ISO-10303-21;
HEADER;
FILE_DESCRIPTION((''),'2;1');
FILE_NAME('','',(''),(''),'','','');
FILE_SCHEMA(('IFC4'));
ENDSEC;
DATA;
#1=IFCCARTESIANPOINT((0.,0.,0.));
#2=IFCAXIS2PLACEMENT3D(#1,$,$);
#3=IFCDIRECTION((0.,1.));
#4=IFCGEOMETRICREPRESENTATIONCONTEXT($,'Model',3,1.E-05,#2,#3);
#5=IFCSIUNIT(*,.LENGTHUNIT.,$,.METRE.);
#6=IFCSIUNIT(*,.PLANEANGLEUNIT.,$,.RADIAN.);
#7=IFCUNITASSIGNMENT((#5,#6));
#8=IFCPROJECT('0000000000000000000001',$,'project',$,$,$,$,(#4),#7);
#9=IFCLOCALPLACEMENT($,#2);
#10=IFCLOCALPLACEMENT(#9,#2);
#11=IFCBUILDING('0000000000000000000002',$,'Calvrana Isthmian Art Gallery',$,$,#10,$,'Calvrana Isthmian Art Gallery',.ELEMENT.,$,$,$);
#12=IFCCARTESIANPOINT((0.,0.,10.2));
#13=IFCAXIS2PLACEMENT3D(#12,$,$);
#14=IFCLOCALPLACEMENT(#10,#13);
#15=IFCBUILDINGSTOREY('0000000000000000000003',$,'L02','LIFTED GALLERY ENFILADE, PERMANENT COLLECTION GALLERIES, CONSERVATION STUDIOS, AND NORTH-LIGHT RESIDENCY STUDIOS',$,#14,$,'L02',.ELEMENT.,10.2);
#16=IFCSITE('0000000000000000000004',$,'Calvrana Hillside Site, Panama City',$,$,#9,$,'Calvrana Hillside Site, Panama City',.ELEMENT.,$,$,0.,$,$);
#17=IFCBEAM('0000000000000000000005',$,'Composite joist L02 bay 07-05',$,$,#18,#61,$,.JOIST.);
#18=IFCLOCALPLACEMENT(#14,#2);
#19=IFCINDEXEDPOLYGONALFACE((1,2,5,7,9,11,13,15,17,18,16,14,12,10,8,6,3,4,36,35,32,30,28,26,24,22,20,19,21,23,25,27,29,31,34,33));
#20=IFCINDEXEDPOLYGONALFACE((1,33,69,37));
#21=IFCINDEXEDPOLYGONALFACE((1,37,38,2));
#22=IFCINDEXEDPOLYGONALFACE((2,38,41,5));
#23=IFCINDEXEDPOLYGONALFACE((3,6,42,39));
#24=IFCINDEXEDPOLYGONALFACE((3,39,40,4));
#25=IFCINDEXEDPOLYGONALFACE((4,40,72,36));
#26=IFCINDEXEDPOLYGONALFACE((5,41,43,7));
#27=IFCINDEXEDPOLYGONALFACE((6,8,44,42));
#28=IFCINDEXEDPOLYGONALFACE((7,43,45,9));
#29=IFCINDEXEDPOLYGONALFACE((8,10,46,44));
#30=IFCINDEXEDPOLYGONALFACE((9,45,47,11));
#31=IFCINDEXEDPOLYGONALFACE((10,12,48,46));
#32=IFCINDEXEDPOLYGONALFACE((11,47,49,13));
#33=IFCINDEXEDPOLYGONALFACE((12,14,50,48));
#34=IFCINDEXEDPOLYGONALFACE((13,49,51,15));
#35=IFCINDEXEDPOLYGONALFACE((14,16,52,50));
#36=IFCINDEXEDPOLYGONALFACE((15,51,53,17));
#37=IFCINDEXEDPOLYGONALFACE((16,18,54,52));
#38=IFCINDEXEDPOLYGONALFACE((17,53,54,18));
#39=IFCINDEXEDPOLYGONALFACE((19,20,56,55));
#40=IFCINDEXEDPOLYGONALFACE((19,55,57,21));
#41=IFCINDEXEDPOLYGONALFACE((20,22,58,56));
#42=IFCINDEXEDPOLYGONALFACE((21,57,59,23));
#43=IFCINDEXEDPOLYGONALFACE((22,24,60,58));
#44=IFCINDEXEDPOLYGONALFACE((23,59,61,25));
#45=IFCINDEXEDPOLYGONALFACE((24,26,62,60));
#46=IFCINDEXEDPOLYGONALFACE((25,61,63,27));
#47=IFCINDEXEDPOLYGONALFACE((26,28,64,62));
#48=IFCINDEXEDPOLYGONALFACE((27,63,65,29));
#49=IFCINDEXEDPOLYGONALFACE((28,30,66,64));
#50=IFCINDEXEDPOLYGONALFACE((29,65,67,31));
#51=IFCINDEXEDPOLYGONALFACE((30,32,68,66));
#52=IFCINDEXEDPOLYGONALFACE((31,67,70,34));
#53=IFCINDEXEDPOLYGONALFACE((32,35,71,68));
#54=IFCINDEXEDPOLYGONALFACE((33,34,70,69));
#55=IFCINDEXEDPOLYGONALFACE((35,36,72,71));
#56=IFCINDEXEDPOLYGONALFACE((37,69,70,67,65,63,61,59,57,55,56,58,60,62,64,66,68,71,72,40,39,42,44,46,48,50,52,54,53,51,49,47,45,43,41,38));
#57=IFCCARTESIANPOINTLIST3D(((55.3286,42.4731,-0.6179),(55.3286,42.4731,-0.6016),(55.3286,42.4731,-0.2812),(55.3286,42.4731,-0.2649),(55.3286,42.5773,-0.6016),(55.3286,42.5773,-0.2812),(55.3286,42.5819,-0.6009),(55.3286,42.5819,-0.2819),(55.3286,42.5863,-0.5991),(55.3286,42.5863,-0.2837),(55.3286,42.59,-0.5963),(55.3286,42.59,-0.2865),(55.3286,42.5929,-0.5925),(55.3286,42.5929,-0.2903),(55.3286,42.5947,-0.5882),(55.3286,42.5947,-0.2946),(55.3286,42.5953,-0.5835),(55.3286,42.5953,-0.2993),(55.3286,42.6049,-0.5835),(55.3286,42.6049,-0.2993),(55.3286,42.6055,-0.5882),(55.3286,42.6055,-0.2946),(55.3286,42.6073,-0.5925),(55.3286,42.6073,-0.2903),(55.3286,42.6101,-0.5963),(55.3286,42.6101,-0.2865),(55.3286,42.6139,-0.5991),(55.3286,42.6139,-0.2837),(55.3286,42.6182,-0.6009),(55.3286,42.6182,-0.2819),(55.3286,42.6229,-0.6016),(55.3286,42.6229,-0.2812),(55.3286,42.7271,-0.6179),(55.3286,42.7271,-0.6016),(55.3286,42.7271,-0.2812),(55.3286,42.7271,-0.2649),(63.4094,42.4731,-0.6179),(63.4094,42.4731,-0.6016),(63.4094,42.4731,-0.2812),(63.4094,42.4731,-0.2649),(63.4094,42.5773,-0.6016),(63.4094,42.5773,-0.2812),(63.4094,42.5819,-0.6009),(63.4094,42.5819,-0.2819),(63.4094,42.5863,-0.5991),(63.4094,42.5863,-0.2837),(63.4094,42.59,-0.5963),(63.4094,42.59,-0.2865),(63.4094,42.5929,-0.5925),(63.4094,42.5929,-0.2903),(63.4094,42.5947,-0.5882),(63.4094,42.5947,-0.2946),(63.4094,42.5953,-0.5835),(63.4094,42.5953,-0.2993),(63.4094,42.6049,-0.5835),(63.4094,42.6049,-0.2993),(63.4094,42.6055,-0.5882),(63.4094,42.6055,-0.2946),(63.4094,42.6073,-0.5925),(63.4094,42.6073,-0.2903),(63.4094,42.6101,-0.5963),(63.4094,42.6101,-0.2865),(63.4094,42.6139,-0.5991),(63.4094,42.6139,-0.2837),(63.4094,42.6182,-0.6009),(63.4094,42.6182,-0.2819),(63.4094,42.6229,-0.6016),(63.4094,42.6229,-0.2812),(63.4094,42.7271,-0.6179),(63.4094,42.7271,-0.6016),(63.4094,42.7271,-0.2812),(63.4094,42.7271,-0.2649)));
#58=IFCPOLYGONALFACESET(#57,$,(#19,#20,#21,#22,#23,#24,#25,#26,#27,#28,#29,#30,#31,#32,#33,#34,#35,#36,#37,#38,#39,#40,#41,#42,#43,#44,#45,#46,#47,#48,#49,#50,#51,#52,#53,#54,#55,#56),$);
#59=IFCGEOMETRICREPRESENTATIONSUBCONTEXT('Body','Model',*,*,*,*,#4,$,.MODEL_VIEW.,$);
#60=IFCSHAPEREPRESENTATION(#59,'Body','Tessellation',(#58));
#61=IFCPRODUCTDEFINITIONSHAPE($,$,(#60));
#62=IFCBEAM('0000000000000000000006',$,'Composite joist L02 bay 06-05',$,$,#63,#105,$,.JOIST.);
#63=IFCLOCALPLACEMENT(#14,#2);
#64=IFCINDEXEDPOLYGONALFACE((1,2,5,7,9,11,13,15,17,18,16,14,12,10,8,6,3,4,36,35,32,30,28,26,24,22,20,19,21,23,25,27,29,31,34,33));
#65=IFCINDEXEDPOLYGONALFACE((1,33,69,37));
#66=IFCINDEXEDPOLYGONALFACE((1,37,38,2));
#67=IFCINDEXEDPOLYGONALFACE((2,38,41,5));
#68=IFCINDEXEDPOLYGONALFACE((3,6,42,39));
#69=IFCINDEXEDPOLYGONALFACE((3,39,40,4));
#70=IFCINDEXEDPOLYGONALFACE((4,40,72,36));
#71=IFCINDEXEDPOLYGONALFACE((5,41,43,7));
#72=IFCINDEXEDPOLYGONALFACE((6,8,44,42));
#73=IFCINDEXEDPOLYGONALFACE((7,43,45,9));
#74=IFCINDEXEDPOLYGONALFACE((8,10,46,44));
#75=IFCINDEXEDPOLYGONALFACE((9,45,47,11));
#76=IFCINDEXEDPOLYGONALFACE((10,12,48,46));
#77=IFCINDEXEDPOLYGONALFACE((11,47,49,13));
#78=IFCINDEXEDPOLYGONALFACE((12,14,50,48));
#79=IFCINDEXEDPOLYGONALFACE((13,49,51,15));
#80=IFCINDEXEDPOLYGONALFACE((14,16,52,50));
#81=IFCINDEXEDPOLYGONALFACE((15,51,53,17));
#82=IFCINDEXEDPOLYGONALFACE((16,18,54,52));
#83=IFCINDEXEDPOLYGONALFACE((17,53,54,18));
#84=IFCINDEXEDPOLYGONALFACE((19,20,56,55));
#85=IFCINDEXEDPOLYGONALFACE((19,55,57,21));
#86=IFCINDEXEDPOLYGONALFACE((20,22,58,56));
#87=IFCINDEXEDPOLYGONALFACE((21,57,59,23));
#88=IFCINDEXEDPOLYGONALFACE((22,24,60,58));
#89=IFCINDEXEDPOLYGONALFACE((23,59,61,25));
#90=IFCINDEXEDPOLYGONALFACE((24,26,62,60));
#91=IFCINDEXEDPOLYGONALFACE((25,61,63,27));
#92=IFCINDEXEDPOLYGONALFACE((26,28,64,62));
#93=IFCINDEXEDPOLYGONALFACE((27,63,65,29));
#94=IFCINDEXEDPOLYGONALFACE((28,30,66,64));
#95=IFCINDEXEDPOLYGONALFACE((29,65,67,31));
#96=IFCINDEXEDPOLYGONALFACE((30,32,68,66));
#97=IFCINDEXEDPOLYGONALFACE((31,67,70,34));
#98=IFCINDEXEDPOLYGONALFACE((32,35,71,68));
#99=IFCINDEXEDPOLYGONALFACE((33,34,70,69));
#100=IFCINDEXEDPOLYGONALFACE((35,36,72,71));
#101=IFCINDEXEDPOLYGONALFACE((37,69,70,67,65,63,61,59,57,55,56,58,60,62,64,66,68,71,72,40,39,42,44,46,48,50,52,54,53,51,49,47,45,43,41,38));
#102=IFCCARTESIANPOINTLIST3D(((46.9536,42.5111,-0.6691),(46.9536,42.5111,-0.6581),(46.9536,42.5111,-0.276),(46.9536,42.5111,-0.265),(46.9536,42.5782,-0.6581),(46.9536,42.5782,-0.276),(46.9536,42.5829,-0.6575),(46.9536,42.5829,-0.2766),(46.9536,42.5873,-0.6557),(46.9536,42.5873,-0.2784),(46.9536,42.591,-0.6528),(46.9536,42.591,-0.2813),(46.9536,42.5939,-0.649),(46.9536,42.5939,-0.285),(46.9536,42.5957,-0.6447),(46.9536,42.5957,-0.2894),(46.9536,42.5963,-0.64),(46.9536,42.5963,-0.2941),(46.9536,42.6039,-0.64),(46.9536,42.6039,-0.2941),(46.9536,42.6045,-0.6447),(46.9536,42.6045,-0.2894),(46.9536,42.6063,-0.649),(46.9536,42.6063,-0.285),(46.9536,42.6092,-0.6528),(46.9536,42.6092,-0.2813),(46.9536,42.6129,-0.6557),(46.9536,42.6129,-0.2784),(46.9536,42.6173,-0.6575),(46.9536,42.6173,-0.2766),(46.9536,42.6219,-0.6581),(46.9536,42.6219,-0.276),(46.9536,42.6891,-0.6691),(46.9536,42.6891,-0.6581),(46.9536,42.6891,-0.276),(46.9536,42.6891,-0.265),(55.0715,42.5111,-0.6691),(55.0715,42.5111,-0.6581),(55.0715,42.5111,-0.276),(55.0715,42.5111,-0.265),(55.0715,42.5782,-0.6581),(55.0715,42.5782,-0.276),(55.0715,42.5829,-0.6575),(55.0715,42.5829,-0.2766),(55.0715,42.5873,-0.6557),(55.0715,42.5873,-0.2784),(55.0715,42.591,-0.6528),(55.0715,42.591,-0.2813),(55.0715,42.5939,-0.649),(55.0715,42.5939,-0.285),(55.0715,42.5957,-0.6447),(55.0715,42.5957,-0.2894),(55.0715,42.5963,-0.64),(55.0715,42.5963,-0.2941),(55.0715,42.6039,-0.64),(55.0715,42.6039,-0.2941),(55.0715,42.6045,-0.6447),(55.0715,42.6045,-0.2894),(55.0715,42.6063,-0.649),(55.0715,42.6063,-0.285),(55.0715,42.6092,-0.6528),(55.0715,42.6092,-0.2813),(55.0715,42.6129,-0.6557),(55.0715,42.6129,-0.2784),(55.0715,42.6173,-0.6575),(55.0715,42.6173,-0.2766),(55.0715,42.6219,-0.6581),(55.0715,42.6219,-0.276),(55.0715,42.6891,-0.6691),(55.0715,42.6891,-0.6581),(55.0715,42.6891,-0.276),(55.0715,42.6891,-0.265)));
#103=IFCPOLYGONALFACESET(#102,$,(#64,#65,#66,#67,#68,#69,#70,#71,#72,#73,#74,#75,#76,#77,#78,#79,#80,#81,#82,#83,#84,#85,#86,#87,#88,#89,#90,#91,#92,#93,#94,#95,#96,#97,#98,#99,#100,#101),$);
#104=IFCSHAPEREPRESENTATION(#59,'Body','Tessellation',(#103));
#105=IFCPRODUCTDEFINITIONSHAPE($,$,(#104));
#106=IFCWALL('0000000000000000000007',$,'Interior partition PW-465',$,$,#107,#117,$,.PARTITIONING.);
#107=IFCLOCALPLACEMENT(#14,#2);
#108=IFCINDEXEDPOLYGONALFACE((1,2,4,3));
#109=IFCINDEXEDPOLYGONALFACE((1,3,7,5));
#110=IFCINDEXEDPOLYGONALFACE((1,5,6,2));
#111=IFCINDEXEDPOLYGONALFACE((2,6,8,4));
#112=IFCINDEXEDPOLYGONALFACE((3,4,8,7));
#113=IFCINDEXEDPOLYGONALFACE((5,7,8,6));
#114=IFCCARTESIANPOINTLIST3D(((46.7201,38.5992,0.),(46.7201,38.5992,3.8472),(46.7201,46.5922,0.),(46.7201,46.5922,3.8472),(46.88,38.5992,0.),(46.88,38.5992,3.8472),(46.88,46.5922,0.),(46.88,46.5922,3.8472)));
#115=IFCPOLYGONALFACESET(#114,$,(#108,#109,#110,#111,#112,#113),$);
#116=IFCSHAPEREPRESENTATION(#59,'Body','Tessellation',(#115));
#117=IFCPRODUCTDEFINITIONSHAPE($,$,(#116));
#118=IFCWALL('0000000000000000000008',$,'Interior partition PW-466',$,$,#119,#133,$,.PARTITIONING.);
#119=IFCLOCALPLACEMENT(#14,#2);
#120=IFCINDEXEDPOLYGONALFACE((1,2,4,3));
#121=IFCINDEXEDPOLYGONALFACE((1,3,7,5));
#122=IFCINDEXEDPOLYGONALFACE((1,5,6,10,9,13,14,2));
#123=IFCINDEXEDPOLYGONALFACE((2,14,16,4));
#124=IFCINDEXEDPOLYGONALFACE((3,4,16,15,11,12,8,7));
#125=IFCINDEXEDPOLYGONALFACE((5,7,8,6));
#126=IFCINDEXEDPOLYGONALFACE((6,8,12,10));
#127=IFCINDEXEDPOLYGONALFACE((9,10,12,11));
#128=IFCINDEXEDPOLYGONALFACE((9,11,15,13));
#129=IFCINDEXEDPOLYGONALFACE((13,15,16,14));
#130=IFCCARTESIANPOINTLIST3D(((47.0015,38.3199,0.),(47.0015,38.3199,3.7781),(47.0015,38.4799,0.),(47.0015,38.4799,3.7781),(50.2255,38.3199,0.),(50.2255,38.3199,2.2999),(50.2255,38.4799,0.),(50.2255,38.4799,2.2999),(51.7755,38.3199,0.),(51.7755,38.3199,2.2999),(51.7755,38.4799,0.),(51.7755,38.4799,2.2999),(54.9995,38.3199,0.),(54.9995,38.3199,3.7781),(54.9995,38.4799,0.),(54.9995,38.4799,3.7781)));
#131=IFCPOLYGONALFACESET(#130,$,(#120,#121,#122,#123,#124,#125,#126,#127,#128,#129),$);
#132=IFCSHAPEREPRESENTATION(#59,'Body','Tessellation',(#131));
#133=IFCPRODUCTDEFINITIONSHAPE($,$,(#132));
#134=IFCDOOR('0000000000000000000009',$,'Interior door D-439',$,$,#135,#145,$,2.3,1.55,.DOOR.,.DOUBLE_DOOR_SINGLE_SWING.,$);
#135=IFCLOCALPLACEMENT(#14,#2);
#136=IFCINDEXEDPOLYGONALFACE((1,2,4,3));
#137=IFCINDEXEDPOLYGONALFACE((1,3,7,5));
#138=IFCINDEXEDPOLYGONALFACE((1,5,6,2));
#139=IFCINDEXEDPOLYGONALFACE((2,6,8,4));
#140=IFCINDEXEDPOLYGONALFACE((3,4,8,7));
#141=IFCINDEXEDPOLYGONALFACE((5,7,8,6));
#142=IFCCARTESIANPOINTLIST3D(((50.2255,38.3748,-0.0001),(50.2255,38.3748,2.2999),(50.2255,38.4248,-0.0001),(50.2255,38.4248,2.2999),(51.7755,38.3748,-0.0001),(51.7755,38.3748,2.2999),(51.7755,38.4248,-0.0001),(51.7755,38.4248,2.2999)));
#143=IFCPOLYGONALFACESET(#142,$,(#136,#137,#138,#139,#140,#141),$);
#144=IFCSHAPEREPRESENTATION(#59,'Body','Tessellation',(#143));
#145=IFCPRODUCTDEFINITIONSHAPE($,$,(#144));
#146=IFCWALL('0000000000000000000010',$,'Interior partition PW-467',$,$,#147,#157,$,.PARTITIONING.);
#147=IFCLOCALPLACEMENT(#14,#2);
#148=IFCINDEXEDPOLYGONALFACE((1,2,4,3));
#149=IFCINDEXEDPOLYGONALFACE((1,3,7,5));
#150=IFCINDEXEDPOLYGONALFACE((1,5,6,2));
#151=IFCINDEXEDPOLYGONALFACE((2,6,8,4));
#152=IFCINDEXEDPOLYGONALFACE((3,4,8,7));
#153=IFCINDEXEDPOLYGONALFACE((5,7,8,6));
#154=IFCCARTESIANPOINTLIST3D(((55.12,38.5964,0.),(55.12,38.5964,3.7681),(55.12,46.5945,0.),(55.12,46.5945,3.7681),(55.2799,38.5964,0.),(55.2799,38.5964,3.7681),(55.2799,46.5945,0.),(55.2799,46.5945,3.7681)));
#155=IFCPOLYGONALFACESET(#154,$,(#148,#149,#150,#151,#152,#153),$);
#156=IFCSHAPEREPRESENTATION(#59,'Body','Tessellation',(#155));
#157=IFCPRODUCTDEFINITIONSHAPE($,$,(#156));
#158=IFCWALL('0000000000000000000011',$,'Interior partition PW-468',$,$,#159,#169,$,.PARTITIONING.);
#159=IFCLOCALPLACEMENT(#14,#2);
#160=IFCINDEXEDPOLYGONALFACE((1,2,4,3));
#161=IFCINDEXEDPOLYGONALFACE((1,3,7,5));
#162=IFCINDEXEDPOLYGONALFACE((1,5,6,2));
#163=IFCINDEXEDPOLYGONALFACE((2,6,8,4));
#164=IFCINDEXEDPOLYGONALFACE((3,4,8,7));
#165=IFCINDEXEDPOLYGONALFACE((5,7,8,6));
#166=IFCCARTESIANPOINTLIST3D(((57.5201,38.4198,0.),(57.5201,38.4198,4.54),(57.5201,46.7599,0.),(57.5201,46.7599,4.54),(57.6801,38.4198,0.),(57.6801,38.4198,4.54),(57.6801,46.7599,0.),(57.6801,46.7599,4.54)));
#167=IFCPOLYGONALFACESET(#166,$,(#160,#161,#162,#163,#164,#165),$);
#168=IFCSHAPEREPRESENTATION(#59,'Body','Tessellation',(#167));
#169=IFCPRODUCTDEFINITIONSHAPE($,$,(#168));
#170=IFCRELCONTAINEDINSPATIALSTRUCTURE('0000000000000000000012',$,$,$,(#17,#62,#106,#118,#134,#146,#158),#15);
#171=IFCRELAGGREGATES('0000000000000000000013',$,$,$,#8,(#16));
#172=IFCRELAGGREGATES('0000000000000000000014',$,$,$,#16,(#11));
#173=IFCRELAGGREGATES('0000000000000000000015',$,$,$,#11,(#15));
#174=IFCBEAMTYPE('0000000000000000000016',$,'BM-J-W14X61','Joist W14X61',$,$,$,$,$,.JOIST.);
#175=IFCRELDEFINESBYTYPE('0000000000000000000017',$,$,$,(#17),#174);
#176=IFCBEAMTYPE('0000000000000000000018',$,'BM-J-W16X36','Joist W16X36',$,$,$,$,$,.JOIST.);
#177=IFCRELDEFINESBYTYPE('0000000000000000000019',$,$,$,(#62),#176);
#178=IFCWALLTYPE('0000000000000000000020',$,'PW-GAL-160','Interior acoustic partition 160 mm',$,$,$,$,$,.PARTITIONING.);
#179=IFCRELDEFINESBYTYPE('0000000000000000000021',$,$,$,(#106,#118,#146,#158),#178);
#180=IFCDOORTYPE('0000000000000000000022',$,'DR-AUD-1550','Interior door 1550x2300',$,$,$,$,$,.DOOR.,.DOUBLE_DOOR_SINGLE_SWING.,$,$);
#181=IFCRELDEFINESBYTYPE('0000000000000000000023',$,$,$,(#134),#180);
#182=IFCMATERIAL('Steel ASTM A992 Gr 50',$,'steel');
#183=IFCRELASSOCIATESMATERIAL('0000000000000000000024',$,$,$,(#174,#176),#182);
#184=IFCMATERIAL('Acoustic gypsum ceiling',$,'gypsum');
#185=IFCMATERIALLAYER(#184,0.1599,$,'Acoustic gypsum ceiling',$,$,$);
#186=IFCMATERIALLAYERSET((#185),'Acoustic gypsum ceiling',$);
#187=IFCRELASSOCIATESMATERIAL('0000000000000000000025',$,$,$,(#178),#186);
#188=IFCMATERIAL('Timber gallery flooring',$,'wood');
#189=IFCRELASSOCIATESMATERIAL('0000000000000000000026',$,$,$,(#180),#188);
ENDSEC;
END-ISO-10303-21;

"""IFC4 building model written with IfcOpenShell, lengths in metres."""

from ifc_helpers import new_model, si_unit, direction, frame, frame_2d, origin, origin_2d, place, context, subcontext, project, spatial, rectangle, i_section, extrude, material, layer, layer_set, material_profile, profile_set, type_object, element, fill, save


model = new_model("IFC4")

# Units and contexts
model_context = context("Model", 3, precision=1e-05, world=origin(), true_north=direction((0.0, 1.0)))
body_context = subcontext(model_context, "Body", "Model", "MODEL_VIEW")
ifc_project = project(units=[si_unit("LENGTHUNIT", "METRE"), si_unit("PLANEANGLEUNIT", "RADIAN")], contexts=[model_context])

# Site, building, storey
site_placement = place(None, origin())
site = spatial("IfcSite", under=ifc_project, at=site_placement, Name="Calvrana Hillside Site, Panama City", LongName="Calvrana Hillside Site, Panama City", CompositionType="ELEMENT", RefElevation=0.0)
building_placement = place(site_placement, origin())
building = spatial("IfcBuilding", under=site, at=building_placement, Name="Calvrana Isthmian Art Gallery", LongName="Calvrana Isthmian Art Gallery", CompositionType="ELEMENT")
storey_placement = place(building_placement, frame((0.0, 0.0, 10.2)))
storey = spatial("IfcBuildingStorey", under=building, at=storey_placement, Name="L02", Description="LIFTED GALLERY ENFILADE, PERMANENT COLLECTION GALLERIES, CONSERVATION STUDIOS, AND NORTH-LIGHT RESIDENCY STUDIOS", LongName="L02", CompositionType="ELEMENT", Elevation=10.2)

# Shared definitions
ifc_material_1 = material(Name="Steel ASTM A992 Gr 50", Category="steel")

# Beams
ifc_material_profile_1 = material_profile(ifc_material_1, i_section(OverallWidth=0.2539, OverallDepth=0.353, WebThickness=0.0095, FlangeThickness=0.0164, FilletRadius=0.0181, at=origin_2d()), Name="W14X61")
ifc_profile_set_1 = profile_set([ifc_material_profile_1], Name="Steel ASTM A992 Gr 50")
beam_type_1 = type_object("IfcBeamType", Name="BM-J-W14X61", Description="Joist W14X61", PredefinedType="JOIST", material=ifc_profile_set_1)
beam_1_placement = place(storey_placement, frame((55.3286, 42.6001, -0.4414), z_axis=(1.0, 0.0, 0.0), x_axis=(0.0, 1.0, 0.0)))
element("IfcBeam", 1, at=beam_1_placement, inside=storey, type_object=beam_type_1, Name="Composite joist L02 bay 07-05", PredefinedType="JOIST", context=body_context, shape_type="SweptSolid", body=[
    extrude(i_section(OverallWidth=0.2539, OverallDepth=0.353, WebThickness=0.0095, FlangeThickness=0.0164, FilletRadius=0.0181, at=origin_2d()), origin(), (0.0, 0.0, 1.0), 8.0808),
])
ifc_material_profile_2 = material_profile(ifc_material_1, i_section(OverallWidth=0.178, OverallDepth=0.4041, WebThickness=0.0076, FlangeThickness=0.011, FilletRadius=0.0181, at=origin_2d()), Name="W16X36")
ifc_profile_set_2 = profile_set([ifc_material_profile_2], Name="Steel ASTM A992 Gr 50")
beam_type_2 = type_object("IfcBeamType", Name="BM-J-W16X36", Description="Joist W16X36", PredefinedType="JOIST", material=ifc_profile_set_2)
beam_2_placement = place(storey_placement, frame((46.9536, 42.6001, -0.467), z_axis=(1.0, 0.0, 0.0), x_axis=(0.0, 1.0, 0.0)))
element("IfcBeam", 2, at=beam_2_placement, inside=storey, type_object=beam_type_2, Name="Composite joist L02 bay 06-05", PredefinedType="JOIST", context=body_context, shape_type="SweptSolid", body=[
    extrude(i_section(OverallWidth=0.178, OverallDepth=0.4041, WebThickness=0.0076, FlangeThickness=0.011, FilletRadius=0.0181, at=origin_2d()), origin(), (0.0, 0.0, 1.0), 8.1179),
])

# Wall
ifc_material_2 = material(Name="Acoustic gypsum ceiling", Category="gypsum")
ifc_layer = layer(ifc_material_2, 0.1599, Name="Acoustic gypsum ceiling")
ifc_layer_set = layer_set([ifc_layer], Name="Acoustic gypsum ceiling")
wall_type = type_object("IfcWallType", Name="PW-GAL-160", Description="Interior acoustic partition 160 mm", PredefinedType="PARTITIONING", material=ifc_layer_set)
wall_1_placement = place(storey_placement, frame((46.8, 38.5991, 0.0), z_axis=(0.0, 0.0, 1.0), x_axis=(0.0, 1.0, 0.0)))
element("IfcWall", 3, at=wall_1_placement, inside=storey, type_object=wall_type, Name="Interior partition PW-465", PredefinedType="PARTITIONING", context=body_context, shape_type="SweptSolid", body=[
    extrude(rectangle(XDim=7.9929, YDim=0.1599, at=frame_2d((3.9966, 0.0))), origin(), (0.0, 0.0, 1.0), 3.8472),
])

# Wall, opening, door
wall_2_placement = place(storey_placement, frame((47.0015, 38.3999, 0.0), z_axis=(0.0, 0.0, 1.0), x_axis=(1.0, 0.0, 0.0)))
wall_2 = element("IfcWall", 4, at=wall_2_placement, inside=storey, type_object=wall_type, Name="Interior partition PW-466", PredefinedType="PARTITIONING", context=body_context, shape_type="SweptSolid", body=[
    extrude(rectangle(XDim=7.998, YDim=0.1599, at=frame_2d((3.999, 0.0))), origin(), (0.0, 0.0, 1.0), 3.7781),
])
opening_1_placement = place(wall_2_placement, frame((3.2241, 0.0, 0.0)))
opening_1 = element("IfcOpeningElement", 5, at=opening_1_placement, cuts=wall_2, PredefinedType="OPENING", context=body_context, shape_type="SweptSolid", body=[
    extrude(rectangle(XDim=1.55, YDim=2.3, at=frame_2d((0.7749, 1.1499))), frame((0.0, 0.0903, 0.0), z_axis=(0.0, -1.0, 0.0), x_axis=(1.0, 0.0, 0.0)), (0.0, 0.0, 1.0), 0.1804),
])
ifc_material_3 = material(Name="Timber gallery flooring", Category="wood")
door_type = type_object("IfcDoorType", Name="DR-AUD-1550", Description="Interior door 1550x2300", OperationType="DOUBLE_DOOR_SINGLE_SWING", PredefinedType="DOOR", material=ifc_material_3)
door_1_placement = place(opening_1_placement, origin())
door_1 = element("IfcDoor", 6, at=door_1_placement, inside=storey, type_object=door_type, Name="Interior door D-439", OperationType="DOUBLE_DOOR_SINGLE_SWING", OverallHeight=2.3, OverallWidth=1.55, PredefinedType="DOOR", context=body_context, shape_type="SweptSolid", body=[
    extrude(rectangle(XDim=1.55, YDim=2.3, at=frame_2d((0.7749, 1.1499))), frame((0.0, 0.0249, 0.0), z_axis=(0.0, -1.0, 0.0), x_axis=(1.0, 0.0, 0.0)), (0.0, 0.0, 1.0), 0.05),
])
fill(opening_1, door_1)

# Walls
wall_3_placement = place(storey_placement, frame((55.2, 38.5964, 0.0), z_axis=(0.0, 0.0, 1.0), x_axis=(0.0, 1.0, 0.0)))
element("IfcWall", 7, at=wall_3_placement, inside=storey, type_object=wall_type, Name="Interior partition PW-467", PredefinedType="PARTITIONING", context=body_context, shape_type="SweptSolid", body=[
    extrude(rectangle(XDim=7.998, YDim=0.1599, at=frame_2d((3.999, 0.0))), origin(), (0.0, 0.0, 1.0), 3.7681),
])
wall_4_placement = place(storey_placement, frame((57.6001, 38.4199, 0.0), z_axis=(0.0, 0.0, 1.0), x_axis=(0.0, 1.0, 0.0)))
element("IfcWall", 8, at=wall_4_placement, inside=storey, type_object=wall_type, Name="Interior partition PW-468", PredefinedType="PARTITIONING", context=body_context, shape_type="SweptSolid", body=[
    extrude(rectangle(XDim=8.3401, YDim=0.1599, at=frame_2d((4.1699, 0.0))), origin(), (0.0, 0.0, 1.0), 4.54),
])

save(model, "model.ifc")
